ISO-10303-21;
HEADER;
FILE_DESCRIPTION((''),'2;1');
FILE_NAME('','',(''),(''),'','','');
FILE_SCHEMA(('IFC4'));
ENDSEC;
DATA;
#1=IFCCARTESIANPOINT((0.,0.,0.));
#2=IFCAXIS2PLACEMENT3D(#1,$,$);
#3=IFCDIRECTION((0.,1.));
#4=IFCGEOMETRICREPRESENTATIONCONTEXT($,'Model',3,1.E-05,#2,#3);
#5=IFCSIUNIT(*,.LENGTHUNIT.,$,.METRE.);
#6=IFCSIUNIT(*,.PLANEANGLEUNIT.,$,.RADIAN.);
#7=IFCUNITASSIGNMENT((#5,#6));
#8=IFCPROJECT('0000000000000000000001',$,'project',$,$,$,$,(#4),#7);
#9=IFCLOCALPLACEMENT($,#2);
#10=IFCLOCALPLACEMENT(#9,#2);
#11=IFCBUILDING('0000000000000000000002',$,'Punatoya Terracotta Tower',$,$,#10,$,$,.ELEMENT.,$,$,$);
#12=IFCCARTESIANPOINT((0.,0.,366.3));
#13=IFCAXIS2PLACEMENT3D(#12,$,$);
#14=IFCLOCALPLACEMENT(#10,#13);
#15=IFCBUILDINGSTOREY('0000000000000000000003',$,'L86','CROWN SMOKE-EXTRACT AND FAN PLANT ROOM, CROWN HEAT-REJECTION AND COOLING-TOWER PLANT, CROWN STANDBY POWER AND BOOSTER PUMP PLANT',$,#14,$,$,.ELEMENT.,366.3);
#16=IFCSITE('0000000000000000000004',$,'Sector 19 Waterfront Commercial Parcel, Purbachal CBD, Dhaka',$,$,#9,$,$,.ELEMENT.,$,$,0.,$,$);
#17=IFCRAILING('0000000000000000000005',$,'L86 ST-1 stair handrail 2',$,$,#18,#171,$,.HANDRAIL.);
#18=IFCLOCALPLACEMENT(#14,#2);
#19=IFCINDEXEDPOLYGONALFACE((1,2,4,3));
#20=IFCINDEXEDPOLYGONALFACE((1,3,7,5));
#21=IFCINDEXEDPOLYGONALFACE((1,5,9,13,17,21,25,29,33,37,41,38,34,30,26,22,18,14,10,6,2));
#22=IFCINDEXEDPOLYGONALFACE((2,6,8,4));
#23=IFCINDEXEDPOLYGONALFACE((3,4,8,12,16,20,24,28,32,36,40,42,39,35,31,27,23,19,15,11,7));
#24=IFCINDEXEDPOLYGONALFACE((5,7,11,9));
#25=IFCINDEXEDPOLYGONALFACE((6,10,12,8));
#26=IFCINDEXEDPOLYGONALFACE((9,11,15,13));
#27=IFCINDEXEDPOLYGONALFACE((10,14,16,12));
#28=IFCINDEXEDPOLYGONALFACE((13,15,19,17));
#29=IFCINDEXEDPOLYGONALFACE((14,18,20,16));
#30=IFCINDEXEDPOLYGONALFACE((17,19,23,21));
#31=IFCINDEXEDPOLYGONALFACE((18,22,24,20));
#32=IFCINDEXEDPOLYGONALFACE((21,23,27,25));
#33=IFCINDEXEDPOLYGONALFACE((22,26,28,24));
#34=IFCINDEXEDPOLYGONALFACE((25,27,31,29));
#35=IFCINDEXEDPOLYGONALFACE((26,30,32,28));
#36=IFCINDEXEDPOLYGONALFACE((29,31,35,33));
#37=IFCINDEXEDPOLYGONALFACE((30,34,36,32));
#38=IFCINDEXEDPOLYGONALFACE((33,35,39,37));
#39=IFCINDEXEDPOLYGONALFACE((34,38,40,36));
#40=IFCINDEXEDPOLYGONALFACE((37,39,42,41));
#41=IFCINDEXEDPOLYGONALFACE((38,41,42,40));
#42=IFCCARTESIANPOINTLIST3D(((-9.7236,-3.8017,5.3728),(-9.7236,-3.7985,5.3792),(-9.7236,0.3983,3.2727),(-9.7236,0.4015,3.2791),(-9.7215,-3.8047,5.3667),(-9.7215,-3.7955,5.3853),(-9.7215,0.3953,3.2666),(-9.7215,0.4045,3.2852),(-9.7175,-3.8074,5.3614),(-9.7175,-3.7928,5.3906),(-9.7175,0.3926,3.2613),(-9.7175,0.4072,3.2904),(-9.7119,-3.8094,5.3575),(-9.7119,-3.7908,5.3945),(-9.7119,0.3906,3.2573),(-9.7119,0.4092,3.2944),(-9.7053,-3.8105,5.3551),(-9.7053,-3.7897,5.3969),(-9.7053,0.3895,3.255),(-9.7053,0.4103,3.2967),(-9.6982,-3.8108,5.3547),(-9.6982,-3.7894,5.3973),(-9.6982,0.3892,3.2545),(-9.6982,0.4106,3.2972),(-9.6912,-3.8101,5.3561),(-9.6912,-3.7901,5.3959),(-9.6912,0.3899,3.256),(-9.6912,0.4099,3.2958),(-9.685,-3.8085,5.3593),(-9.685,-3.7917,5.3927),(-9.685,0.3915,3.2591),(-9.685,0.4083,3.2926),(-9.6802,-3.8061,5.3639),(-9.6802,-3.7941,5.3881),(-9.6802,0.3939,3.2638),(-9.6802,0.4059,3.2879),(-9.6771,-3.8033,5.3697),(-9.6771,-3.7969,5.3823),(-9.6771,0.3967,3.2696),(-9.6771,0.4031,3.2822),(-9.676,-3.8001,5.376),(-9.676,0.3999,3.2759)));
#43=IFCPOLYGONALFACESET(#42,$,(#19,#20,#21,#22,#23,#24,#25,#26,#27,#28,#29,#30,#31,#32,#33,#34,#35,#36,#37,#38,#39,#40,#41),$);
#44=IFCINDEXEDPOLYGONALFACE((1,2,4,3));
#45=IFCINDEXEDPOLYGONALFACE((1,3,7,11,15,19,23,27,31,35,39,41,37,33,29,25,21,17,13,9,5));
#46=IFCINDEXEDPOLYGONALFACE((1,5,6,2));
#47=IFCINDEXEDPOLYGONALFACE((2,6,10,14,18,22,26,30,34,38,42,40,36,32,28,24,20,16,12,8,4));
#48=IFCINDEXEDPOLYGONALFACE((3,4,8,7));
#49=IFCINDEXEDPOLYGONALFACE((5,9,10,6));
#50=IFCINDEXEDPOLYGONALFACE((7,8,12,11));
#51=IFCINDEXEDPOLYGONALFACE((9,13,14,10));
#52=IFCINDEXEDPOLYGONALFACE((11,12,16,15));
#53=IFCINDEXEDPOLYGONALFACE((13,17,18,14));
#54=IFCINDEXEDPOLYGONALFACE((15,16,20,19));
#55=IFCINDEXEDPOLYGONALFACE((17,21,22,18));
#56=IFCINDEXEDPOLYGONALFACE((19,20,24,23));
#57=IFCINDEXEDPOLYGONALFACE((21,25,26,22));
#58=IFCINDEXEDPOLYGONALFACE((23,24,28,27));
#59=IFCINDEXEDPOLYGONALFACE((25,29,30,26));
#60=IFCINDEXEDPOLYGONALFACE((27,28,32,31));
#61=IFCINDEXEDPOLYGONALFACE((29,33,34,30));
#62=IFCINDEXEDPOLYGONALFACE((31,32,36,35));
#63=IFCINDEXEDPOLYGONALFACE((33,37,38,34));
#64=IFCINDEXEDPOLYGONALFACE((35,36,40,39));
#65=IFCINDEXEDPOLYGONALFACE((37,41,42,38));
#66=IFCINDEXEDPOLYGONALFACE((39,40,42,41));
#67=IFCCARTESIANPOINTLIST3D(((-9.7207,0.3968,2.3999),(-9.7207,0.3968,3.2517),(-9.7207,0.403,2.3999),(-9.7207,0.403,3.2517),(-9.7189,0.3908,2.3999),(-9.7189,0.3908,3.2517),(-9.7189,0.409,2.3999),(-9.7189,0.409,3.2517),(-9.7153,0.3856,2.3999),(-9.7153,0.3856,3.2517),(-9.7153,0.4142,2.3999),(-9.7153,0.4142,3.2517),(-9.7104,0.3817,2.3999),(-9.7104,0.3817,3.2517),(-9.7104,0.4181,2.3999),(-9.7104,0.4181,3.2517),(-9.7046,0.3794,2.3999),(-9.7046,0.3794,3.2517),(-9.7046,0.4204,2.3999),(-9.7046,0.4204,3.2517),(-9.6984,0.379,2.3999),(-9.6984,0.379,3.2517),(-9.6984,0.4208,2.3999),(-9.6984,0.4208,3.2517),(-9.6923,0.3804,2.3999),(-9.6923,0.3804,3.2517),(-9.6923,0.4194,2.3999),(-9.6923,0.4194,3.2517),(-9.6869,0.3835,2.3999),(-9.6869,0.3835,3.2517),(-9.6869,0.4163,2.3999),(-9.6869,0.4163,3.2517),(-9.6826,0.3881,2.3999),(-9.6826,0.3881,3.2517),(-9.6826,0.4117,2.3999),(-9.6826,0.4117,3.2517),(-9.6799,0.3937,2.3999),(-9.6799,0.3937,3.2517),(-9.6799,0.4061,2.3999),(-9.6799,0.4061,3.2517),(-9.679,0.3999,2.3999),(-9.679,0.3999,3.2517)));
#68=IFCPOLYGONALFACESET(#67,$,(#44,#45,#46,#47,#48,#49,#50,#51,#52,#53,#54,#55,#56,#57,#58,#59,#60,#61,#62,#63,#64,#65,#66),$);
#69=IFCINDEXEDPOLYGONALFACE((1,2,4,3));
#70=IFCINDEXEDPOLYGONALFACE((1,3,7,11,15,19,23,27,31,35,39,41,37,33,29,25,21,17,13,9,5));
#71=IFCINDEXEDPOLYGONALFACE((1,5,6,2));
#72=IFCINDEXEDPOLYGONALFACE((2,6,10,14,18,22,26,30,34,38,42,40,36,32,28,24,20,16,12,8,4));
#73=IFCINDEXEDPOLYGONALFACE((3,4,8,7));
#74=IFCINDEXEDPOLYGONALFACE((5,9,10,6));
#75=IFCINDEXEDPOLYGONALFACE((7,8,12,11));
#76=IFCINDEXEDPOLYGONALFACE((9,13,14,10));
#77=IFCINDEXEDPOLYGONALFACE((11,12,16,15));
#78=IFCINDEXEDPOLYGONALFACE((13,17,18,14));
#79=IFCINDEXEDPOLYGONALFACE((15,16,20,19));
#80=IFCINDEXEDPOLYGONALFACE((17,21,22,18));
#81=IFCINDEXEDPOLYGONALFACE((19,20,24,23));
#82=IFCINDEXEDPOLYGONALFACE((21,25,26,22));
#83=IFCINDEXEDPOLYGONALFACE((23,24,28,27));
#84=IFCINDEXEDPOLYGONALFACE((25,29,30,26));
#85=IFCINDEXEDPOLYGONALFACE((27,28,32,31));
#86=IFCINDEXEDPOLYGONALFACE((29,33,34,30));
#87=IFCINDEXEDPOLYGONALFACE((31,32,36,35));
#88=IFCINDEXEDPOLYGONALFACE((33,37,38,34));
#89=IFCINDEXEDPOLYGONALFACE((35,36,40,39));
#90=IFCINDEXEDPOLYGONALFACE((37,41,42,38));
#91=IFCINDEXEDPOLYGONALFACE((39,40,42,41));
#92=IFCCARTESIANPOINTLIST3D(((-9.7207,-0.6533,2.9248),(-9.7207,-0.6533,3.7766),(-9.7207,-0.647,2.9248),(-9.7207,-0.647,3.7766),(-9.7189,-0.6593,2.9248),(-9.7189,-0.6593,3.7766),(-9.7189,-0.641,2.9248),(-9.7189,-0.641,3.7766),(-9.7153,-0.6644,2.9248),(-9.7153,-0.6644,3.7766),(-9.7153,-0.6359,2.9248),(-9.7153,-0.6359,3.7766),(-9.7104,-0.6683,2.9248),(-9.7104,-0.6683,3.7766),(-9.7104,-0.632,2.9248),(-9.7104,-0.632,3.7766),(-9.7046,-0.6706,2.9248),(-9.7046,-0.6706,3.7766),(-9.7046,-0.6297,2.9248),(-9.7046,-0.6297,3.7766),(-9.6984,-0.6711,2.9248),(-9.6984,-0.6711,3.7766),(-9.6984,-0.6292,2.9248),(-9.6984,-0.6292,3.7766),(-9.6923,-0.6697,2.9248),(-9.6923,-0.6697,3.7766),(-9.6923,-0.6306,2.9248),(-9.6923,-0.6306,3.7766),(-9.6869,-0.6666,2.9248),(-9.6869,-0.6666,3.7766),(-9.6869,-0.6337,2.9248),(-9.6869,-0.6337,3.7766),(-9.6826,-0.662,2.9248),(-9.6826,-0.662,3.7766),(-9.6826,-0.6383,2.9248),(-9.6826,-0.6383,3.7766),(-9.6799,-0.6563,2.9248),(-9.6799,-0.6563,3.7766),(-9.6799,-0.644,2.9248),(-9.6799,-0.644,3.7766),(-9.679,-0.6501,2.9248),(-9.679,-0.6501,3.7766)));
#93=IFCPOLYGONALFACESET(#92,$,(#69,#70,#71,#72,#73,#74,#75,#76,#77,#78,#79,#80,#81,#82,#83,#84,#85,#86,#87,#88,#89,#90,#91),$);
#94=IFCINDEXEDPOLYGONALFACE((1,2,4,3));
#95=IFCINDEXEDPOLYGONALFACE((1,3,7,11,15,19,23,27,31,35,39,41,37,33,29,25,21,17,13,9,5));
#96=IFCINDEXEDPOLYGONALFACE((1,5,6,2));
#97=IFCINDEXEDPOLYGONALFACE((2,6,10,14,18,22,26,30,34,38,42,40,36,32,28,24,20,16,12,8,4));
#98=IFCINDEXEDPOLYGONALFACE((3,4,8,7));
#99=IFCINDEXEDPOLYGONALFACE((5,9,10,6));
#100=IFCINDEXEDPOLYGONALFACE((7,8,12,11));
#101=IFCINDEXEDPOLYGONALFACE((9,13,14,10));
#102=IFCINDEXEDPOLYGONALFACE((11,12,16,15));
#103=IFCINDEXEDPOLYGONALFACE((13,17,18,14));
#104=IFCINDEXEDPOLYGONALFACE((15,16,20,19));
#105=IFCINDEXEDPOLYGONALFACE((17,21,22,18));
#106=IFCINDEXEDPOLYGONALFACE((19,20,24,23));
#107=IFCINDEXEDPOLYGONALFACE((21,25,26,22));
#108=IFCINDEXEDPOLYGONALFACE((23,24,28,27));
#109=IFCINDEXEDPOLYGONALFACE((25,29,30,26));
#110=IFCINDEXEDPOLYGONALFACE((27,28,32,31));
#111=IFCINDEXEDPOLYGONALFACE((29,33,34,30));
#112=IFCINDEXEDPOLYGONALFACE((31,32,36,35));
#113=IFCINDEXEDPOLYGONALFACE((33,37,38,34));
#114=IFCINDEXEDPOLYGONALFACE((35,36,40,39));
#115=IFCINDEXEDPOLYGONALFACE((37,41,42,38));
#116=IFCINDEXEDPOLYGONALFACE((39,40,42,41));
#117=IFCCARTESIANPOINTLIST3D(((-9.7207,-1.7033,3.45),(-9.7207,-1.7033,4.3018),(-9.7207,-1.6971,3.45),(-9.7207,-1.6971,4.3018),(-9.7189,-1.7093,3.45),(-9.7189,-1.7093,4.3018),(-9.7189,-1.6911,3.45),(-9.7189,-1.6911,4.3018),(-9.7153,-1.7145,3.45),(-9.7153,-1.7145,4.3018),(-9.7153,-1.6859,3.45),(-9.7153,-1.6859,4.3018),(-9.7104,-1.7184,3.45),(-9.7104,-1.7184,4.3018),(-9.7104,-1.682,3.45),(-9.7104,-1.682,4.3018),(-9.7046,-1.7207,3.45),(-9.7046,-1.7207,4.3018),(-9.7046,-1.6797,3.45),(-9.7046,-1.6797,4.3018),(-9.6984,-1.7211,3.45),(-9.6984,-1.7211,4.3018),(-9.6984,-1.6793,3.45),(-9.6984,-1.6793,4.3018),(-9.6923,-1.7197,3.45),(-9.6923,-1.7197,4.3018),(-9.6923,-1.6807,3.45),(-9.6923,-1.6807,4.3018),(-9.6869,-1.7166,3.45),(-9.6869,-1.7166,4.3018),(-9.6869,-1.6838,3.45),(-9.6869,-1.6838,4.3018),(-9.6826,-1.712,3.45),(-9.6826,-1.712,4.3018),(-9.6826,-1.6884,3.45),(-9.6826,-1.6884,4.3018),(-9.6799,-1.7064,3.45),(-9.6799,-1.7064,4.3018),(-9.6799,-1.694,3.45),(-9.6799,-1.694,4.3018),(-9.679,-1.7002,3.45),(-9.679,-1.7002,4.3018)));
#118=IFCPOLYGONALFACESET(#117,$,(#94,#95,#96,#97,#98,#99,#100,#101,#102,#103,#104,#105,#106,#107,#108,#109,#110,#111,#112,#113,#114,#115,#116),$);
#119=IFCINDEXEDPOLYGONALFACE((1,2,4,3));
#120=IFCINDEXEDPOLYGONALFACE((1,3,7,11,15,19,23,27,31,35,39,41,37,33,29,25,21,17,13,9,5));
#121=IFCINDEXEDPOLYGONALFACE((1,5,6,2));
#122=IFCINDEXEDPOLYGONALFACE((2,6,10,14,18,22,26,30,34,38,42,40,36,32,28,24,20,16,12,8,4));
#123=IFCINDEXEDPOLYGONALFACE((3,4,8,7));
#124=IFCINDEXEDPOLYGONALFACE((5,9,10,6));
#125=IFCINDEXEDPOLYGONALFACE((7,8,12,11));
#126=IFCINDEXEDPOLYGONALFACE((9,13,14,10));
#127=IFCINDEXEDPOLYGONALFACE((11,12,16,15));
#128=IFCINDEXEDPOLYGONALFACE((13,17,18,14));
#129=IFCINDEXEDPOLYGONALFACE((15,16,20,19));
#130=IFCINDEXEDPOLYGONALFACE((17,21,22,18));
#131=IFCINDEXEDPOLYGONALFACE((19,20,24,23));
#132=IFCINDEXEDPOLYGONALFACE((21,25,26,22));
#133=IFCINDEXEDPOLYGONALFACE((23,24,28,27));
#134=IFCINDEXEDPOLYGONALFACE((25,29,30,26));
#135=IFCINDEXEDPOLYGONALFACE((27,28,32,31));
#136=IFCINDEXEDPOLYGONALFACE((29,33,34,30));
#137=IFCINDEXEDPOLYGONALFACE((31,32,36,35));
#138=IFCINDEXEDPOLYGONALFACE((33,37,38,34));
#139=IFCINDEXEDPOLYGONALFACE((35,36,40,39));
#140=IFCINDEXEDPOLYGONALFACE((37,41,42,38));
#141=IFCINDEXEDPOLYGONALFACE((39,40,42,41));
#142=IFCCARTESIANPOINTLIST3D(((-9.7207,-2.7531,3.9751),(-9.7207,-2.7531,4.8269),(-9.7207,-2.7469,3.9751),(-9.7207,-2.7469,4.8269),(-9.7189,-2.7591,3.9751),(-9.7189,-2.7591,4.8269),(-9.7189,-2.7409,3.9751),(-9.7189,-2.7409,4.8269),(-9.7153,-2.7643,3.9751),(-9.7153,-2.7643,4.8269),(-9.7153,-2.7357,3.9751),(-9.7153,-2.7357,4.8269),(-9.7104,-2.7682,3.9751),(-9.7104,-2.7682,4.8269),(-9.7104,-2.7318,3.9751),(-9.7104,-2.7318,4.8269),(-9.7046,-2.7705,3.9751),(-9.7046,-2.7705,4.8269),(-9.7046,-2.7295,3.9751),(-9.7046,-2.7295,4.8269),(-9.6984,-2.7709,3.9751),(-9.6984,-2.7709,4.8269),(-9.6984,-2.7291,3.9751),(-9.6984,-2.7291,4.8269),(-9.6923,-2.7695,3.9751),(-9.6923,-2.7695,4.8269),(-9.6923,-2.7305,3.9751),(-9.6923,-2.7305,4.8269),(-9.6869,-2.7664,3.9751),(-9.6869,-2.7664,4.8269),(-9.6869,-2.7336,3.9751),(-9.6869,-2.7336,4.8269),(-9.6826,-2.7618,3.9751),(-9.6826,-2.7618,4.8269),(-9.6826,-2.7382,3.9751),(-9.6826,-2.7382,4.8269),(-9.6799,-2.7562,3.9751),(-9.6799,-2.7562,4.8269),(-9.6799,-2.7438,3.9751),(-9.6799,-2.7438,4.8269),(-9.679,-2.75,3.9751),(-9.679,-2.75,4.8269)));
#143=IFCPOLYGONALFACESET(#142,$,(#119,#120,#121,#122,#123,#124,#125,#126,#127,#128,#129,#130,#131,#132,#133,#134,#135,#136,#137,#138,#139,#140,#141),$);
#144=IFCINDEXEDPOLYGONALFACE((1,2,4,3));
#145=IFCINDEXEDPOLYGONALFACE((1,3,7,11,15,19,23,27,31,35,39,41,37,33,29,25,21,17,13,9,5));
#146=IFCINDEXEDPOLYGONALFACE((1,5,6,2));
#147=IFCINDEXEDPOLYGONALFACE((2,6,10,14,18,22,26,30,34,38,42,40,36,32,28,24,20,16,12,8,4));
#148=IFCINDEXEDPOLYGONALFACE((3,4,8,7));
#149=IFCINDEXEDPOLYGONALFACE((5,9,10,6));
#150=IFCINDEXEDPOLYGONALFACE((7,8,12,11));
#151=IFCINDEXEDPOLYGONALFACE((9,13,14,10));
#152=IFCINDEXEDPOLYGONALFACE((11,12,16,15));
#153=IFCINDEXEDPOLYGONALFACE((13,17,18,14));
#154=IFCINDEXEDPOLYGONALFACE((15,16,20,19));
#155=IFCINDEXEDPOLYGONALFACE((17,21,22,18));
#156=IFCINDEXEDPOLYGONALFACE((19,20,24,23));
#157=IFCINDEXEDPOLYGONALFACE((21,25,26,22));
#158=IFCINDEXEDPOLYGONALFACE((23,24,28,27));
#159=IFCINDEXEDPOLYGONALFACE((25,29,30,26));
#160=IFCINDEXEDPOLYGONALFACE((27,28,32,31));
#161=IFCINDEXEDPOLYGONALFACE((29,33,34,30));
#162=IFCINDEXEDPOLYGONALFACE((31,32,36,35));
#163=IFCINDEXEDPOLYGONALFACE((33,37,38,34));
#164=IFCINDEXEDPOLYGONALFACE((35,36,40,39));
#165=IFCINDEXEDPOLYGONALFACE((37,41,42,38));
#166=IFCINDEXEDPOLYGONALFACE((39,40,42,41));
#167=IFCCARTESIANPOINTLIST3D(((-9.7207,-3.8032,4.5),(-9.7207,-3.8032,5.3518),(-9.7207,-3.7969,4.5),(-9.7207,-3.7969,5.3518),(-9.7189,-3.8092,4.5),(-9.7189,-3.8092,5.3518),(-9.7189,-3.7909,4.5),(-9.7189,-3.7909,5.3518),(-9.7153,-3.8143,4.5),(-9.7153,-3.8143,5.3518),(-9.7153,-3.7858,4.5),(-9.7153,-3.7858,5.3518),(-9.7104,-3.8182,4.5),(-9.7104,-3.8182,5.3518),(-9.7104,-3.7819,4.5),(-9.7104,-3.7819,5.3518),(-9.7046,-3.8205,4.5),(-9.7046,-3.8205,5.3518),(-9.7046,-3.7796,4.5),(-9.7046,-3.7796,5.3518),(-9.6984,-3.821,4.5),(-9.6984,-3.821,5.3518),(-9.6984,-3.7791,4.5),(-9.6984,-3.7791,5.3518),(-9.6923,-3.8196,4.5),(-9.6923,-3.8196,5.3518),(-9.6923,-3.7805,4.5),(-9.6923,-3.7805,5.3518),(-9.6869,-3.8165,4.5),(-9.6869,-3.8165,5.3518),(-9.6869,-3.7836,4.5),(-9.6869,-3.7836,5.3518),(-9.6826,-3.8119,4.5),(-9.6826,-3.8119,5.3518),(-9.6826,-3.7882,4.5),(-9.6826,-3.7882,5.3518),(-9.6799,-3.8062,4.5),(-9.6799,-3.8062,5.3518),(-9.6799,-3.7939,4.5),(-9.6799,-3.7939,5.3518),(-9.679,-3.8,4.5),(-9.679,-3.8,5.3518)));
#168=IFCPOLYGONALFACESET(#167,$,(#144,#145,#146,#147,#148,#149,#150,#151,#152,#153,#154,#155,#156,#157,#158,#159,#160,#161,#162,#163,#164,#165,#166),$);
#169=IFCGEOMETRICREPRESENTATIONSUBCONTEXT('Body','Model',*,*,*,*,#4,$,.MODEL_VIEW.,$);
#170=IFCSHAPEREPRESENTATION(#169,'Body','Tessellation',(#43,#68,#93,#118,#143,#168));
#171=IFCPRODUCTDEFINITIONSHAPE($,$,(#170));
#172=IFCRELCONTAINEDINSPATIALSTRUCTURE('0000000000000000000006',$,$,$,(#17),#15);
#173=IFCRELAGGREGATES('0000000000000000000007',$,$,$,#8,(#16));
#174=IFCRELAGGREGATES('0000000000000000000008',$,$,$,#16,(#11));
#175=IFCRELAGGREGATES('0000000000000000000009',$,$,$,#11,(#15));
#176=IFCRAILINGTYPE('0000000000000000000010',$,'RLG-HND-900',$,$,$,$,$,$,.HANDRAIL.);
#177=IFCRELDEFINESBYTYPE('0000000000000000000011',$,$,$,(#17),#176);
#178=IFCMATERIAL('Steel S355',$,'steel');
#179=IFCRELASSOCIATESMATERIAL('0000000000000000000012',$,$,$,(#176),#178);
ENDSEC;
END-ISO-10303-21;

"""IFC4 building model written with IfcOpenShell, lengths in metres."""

from ifc_helpers import new_model, si_unit, direction, frame, origin, origin_2d, place, context, subcontext, project, spatial, circle, extrude, material, type_object, element, save


model = new_model("IFC4")

# Units and contexts
model_context = context("Model", 3, precision=1e-05, world=origin(), true_north=direction((0.0, 1.0)))
body_context = subcontext(model_context, "Body", "Model", "MODEL_VIEW")
ifc_project = project(units=[si_unit("LENGTHUNIT", "METRE"), si_unit("PLANEANGLEUNIT", "RADIAN")], contexts=[model_context])

# Site, building, storey
site_placement = place(None, origin())
site = spatial("IfcSite", under=ifc_project, at=site_placement, Name="Sector 19 Waterfront Commercial Parcel, Purbachal CBD, Dhaka", CompositionType="ELEMENT", RefElevation=0.0)
building_placement = place(site_placement, origin())
building = spatial("IfcBuilding", under=site, at=building_placement, Name="Punatoya Terracotta Tower", CompositionType="ELEMENT")
storey_placement = place(building_placement, frame((0.0, 0.0, 366.3)))
storey = spatial("IfcBuildingStorey", under=building, at=storey_placement, Name="L86", Description="CROWN SMOKE-EXTRACT AND FAN PLANT ROOM, CROWN HEAT-REJECTION AND COOLING-TOWER PLANT, CROWN STANDBY POWER AND BOOSTER PUMP PLANT", CompositionType="ELEMENT", Elevation=366.3)

# Shared definitions
ifc_material_1 = material(Name="Steel S355", Category="steel")

# Railing
railing_type_1 = type_object("IfcRailingType", Name="RLG-HND-900", PredefinedType="HANDRAIL", material=ifc_material_1)
railing_1_placement = place(storey_placement, frame((-9.7, 0.3999, 2.3999)))
element("IfcRailing", 1, at=railing_1_placement, inside=storey, type_object=railing_type_1, Name="L86 ST-1 stair handrail 2", PredefinedType="HANDRAIL", context=body_context, shape_type="SweptSolid", body=[
    extrude(circle(Radius=0.0239, at=origin_2d()), frame((0.0, 0.0, 0.876), z_axis=(0.0, -0.894417, 0.447234), x_axis=(1.0, 0.0, 0.0)), (0.0, 0.0, 1.0), 4.6958),
    extrude(circle(Radius=0.021, at=origin_2d()), origin(), (0.0, 0.0, 1.0), 0.8518),
    extrude(circle(Radius=0.021, at=origin_2d()), frame((0.0, -1.05, 0.5249)), (0.0, 0.0, 1.0), 0.8518),
    extrude(circle(Radius=0.021, at=origin_2d()), frame((0.0, -2.1001, 1.05)), (0.0, 0.0, 1.0), 0.8518),
    extrude(circle(Radius=0.021, at=origin_2d()), frame((0.0, -3.1499, 1.5752)), (0.0, 0.0, 1.0), 0.8518),
    extrude(circle(Radius=0.021, at=origin_2d()), frame((0.0, -4.2, 2.1001)), (0.0, 0.0, 1.0), 0.8518),
])

save(model, "model.ifc")
